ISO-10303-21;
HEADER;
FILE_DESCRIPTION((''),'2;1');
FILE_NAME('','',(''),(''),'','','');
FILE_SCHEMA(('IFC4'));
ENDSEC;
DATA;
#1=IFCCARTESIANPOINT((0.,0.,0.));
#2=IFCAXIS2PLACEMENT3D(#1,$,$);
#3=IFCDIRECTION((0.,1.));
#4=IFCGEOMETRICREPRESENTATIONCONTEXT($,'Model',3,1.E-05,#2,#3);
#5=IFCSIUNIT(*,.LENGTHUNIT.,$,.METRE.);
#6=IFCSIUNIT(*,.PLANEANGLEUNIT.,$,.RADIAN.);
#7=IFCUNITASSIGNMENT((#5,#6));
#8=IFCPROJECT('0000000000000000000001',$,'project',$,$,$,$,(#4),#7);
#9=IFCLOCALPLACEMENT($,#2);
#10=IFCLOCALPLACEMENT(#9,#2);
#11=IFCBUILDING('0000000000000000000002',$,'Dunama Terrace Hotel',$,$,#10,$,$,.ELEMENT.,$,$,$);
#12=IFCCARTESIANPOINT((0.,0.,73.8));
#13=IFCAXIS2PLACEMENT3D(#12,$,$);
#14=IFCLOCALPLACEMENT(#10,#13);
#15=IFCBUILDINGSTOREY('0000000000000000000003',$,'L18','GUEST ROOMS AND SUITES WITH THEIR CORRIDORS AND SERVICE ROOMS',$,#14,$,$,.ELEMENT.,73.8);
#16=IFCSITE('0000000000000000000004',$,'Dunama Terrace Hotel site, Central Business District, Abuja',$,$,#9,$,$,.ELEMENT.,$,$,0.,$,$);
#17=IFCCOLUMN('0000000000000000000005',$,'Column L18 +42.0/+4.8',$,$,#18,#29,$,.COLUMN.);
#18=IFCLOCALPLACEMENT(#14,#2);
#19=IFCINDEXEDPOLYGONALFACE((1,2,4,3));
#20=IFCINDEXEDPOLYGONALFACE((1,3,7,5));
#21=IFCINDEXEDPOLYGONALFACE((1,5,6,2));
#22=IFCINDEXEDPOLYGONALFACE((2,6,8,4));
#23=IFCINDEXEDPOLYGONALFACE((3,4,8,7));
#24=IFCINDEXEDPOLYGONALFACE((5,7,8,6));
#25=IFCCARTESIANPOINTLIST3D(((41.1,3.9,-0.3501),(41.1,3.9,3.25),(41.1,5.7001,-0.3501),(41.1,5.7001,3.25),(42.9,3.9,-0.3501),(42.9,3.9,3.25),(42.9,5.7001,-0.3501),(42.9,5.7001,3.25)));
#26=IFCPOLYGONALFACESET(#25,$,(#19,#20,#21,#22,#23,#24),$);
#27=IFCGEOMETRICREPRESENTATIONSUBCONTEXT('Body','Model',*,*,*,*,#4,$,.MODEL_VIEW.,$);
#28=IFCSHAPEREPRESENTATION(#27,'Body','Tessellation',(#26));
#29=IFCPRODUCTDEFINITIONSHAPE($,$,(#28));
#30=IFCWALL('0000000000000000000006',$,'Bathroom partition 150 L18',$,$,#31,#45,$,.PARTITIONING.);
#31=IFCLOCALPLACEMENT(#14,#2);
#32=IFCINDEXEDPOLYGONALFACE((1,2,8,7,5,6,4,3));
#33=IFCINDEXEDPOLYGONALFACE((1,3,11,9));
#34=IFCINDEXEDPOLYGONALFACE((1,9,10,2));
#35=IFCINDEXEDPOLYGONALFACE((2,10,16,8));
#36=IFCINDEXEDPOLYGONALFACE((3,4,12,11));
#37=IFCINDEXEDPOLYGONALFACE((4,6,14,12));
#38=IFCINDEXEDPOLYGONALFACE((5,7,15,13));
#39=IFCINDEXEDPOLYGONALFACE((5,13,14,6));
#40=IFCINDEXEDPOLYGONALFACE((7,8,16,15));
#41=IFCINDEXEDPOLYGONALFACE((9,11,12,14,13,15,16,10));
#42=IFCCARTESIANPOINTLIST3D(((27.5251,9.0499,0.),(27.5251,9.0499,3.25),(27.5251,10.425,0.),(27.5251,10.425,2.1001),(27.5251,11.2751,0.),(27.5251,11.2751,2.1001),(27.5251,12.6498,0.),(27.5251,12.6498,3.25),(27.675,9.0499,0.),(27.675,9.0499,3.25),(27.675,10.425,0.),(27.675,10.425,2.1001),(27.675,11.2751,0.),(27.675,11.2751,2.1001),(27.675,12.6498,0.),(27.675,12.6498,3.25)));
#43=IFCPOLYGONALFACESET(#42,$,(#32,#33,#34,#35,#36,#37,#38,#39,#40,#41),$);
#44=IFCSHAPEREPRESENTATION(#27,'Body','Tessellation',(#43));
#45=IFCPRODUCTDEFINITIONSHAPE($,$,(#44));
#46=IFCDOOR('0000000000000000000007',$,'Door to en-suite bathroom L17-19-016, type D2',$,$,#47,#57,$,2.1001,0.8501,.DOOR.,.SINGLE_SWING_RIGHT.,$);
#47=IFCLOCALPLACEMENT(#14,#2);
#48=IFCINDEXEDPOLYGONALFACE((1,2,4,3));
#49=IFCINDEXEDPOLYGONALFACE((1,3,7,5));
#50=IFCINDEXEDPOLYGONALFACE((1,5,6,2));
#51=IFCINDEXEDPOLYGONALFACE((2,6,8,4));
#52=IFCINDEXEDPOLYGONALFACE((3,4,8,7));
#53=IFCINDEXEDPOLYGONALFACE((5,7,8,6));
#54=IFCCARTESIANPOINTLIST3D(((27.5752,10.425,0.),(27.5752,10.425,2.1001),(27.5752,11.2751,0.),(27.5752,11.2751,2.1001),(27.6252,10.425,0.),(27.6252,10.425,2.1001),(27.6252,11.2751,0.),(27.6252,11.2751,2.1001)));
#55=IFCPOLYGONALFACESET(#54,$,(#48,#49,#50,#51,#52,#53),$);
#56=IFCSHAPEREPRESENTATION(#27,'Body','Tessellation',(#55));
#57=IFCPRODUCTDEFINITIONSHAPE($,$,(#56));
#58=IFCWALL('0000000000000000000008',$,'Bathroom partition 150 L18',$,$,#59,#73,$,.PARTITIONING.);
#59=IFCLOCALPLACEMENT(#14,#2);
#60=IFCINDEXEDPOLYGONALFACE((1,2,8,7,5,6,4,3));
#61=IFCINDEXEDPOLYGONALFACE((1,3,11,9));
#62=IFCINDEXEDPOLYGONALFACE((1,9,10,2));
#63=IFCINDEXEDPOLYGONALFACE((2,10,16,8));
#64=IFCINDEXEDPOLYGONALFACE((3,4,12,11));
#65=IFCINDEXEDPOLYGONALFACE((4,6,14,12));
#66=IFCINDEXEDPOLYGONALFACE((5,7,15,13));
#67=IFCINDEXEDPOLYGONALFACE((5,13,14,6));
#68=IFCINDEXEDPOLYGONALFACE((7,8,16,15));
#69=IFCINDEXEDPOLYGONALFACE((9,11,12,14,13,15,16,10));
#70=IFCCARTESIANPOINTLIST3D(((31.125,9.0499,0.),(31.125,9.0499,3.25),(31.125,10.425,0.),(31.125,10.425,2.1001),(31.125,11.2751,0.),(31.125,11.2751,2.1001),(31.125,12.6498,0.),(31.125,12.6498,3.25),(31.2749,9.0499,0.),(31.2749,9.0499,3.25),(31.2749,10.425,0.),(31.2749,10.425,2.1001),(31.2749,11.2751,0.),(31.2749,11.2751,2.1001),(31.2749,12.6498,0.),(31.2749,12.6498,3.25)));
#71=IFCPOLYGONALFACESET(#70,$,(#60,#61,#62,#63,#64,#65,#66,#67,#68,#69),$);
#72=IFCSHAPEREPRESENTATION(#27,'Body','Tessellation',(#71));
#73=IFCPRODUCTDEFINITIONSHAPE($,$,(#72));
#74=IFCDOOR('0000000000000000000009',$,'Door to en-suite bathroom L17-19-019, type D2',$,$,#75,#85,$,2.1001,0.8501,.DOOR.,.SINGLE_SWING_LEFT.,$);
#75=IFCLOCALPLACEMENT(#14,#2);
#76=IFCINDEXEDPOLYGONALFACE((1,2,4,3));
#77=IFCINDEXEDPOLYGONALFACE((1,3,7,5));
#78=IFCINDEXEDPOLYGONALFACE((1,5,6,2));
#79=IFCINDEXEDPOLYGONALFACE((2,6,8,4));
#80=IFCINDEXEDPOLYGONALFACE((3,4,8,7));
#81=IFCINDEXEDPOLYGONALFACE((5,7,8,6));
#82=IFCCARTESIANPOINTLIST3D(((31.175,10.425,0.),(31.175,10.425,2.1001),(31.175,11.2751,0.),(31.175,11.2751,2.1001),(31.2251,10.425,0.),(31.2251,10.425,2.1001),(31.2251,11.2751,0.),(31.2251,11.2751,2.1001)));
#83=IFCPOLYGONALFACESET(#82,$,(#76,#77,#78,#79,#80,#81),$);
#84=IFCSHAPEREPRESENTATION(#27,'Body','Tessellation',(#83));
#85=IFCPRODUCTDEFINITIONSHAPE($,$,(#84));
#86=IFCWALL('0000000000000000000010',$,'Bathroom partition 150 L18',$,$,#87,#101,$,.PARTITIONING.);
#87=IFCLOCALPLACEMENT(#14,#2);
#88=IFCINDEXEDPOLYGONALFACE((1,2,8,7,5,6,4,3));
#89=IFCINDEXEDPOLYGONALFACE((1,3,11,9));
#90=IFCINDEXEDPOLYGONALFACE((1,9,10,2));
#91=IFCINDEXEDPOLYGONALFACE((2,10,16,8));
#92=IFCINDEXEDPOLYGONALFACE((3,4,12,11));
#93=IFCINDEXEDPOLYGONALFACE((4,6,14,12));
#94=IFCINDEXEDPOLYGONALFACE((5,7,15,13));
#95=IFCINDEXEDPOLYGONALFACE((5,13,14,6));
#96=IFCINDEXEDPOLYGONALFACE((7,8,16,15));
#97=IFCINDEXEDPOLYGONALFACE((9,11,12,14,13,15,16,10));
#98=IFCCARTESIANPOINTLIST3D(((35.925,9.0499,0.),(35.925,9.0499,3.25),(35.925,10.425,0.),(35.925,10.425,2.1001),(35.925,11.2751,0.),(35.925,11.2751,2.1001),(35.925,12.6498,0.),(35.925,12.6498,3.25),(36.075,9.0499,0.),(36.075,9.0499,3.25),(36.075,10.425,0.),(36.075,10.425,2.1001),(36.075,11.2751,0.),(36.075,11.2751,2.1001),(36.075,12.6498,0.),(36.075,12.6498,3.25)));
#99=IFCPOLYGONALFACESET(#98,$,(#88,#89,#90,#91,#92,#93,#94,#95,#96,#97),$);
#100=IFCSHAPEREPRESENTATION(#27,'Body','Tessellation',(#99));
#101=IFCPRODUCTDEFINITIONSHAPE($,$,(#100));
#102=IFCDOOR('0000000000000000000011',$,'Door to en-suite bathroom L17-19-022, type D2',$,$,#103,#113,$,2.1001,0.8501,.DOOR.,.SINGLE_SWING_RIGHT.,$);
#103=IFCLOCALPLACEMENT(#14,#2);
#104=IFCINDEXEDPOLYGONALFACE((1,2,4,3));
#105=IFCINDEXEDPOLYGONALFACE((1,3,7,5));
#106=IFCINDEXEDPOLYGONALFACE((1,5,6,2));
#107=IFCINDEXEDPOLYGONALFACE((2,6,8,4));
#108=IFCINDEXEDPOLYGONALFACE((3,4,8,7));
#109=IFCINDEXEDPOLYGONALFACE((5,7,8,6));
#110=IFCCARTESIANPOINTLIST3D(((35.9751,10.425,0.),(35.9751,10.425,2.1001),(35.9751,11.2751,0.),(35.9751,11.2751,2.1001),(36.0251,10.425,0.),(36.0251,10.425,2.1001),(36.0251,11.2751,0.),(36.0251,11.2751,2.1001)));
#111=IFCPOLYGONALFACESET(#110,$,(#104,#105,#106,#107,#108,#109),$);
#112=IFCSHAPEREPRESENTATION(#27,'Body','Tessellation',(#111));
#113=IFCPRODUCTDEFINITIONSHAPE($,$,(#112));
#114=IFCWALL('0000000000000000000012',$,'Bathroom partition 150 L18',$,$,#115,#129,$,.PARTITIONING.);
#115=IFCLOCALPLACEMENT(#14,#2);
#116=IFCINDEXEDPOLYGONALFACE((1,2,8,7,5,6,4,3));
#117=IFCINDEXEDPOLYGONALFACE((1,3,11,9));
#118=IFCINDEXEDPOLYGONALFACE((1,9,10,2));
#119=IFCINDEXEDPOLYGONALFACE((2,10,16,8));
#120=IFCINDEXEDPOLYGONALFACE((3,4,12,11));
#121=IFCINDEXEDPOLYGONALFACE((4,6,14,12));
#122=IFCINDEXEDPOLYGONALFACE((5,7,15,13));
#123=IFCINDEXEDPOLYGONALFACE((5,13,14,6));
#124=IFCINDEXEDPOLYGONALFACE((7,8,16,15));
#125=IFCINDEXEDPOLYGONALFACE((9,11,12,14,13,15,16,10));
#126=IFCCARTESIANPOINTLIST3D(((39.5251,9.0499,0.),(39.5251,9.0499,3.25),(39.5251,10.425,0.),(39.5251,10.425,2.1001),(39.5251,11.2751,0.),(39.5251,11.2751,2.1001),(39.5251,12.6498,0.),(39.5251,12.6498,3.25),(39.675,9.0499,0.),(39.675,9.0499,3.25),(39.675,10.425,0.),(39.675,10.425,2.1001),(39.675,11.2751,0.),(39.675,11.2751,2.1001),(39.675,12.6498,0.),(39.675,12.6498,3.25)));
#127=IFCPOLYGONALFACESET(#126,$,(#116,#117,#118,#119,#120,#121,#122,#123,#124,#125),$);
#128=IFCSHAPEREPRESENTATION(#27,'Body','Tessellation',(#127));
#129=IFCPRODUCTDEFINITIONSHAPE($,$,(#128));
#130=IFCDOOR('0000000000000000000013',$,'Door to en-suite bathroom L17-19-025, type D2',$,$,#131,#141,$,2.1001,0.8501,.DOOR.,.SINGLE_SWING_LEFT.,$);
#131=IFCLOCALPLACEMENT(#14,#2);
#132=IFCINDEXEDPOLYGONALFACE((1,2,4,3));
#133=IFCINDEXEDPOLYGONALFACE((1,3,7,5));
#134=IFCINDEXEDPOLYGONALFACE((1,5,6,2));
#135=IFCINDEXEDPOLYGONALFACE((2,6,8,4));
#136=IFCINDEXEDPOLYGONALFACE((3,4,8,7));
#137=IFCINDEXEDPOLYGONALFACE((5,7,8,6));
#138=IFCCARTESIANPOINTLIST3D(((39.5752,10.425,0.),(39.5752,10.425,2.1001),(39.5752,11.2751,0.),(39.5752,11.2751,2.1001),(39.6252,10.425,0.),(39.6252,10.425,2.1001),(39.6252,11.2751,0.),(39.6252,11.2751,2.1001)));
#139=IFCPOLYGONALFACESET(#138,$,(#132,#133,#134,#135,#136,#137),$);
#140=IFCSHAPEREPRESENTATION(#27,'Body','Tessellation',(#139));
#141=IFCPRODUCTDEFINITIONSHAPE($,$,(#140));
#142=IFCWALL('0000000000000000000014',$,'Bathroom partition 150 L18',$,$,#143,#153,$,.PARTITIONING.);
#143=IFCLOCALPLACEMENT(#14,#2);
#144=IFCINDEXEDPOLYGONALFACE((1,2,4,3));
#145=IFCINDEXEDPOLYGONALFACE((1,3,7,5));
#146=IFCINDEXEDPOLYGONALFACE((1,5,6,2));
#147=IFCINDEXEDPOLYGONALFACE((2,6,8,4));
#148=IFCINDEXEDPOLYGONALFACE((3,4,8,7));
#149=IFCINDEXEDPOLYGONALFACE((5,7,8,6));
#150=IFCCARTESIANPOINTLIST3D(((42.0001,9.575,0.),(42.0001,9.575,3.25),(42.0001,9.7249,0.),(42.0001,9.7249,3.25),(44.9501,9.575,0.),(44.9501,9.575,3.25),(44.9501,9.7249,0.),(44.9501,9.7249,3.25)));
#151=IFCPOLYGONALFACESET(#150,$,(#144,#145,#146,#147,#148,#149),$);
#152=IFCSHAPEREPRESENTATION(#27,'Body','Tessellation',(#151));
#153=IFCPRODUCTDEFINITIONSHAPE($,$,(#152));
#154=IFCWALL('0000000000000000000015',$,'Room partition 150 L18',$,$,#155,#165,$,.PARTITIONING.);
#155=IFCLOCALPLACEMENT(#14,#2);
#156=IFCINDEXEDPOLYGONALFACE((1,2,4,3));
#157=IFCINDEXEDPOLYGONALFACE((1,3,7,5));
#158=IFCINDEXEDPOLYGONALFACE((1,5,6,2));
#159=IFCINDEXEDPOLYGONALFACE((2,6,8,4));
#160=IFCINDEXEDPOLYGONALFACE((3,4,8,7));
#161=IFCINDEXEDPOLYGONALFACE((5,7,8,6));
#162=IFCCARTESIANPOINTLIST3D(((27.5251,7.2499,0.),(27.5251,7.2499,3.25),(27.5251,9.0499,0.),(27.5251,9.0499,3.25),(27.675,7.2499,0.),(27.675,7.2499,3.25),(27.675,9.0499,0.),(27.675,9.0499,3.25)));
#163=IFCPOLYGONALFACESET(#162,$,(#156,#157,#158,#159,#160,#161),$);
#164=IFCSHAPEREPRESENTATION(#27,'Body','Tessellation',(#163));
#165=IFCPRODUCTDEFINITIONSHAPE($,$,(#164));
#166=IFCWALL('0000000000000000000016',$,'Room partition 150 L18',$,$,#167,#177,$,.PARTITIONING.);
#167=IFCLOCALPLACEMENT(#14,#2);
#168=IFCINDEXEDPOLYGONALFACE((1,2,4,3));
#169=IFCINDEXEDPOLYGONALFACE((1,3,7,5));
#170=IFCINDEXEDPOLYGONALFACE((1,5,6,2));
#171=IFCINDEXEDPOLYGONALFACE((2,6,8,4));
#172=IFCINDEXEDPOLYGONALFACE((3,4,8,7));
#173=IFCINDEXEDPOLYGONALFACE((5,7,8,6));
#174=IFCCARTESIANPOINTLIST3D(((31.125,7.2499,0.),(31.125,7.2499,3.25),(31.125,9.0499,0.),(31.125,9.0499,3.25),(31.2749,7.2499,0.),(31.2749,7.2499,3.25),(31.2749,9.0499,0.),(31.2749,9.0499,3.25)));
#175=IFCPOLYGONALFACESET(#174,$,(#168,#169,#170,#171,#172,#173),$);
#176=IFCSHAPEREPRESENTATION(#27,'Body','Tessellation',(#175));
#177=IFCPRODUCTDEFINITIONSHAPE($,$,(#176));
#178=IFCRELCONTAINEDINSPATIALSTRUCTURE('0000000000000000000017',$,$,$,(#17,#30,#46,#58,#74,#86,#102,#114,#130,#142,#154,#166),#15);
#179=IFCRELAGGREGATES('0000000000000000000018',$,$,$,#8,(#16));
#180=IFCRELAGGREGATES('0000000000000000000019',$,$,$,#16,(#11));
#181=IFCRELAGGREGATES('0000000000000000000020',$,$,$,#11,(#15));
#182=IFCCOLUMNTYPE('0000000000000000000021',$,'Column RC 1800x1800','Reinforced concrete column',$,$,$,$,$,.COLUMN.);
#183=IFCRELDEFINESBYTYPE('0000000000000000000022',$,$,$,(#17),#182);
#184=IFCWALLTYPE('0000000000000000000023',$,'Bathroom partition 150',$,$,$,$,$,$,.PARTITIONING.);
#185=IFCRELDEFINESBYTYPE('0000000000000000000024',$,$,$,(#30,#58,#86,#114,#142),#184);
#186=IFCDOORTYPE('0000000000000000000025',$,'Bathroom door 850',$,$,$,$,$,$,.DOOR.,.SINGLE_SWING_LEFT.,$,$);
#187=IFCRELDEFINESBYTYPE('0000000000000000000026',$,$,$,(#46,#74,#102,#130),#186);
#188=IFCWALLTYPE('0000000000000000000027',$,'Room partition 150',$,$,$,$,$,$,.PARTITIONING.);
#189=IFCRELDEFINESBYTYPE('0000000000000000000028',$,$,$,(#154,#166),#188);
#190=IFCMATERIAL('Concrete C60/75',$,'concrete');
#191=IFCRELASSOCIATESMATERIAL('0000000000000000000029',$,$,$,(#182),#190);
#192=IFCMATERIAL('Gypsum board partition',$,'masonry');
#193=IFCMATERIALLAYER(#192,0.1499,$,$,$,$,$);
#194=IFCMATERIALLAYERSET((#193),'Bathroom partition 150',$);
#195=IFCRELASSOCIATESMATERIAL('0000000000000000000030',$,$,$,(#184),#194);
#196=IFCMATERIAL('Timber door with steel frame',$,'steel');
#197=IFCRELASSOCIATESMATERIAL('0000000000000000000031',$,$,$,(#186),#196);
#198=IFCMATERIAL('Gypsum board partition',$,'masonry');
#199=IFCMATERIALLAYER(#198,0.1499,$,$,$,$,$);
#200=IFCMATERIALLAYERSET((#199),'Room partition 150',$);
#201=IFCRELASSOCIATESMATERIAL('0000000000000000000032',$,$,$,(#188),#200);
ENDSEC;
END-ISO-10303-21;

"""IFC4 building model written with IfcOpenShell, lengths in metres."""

from ifc_helpers import new_model, si_unit, direction, frame, frame_2d, origin, origin_2d, place, context, subcontext, project, spatial, rectangle, extrude, material, layer, layer_set, material_profile, profile_set, type_object, element, fill, save


model = new_model("IFC4")

# Units and contexts
model_context = context("Model", 3, precision=1e-05, world=origin(), true_north=direction((0.0, 1.0)))
body_context = subcontext(model_context, "Body", "Model", "MODEL_VIEW")
ifc_project = project(units=[si_unit("LENGTHUNIT", "METRE"), si_unit("PLANEANGLEUNIT", "RADIAN")], contexts=[model_context])

# Site, building, storey
site_placement = place(None, origin())
site = spatial("IfcSite", under=ifc_project, at=site_placement, Name="Dunama Terrace Hotel site, Central Business District, Abuja", CompositionType="ELEMENT", RefElevation=0.0)
building_placement = place(site_placement, origin())
building = spatial("IfcBuilding", under=site, at=building_placement, Name="Dunama Terrace Hotel", CompositionType="ELEMENT")
storey_placement = place(building_placement, frame((0.0, 0.0, 73.8)))
storey = spatial("IfcBuildingStorey", under=building, at=storey_placement, Name="L18", Description="GUEST ROOMS AND SUITES WITH THEIR CORRIDORS AND SERVICE ROOMS", CompositionType="ELEMENT", Elevation=73.8)

# Column
ifc_material_1 = material(Name="Concrete C60/75", Category="concrete")
ifc_material_profile = material_profile(ifc_material_1, rectangle(XDim=1.8, YDim=1.8, at=origin_2d()), Name="RC 1800x1800")
ifc_profile_set = profile_set([ifc_material_profile], Name="Concrete C60/75")
column_type = type_object("IfcColumnType", Name="Column RC 1800x1800", Description="Reinforced concrete column", PredefinedType="COLUMN", material=ifc_profile_set)
column_placement = place(storey_placement, frame((42.0, 4.8, -0.3501), z_axis=(0.0, 0.0, 1.0), x_axis=(1.0, 0.0, 0.0)))
element("IfcColumn", 1, at=column_placement, inside=storey, type_object=column_type, Name="Column L18 +42.0/+4.8", PredefinedType="COLUMN", context=body_context, shape_type="SweptSolid", body=[
    extrude(rectangle(XDim=1.8, YDim=1.8, at=origin_2d()), origin(), (0.0, 0.0, 1.0), 3.6001),
])

# Walls, openings, doors
ifc_material_2 = material(Name="Gypsum board partition", Category="masonry")
ifc_layer_1 = layer(ifc_material_2, 0.1499)
ifc_layer_set_1 = layer_set([ifc_layer_1], Name="Bathroom partition 150")
wall_type_1 = type_object("IfcWallType", Name="Bathroom partition 150", PredefinedType="PARTITIONING", material=ifc_layer_set_1)
wall_1_placement = place(storey_placement, frame((27.6001, 9.05, 0.0), z_axis=(0.0, 0.0, 1.0), x_axis=(0.0, 1.0, 0.0)))
wall_1 = element("IfcWall", 2, at=wall_1_placement, inside=storey, type_object=wall_type_1, Name="Bathroom partition 150 L18", PredefinedType="PARTITIONING", context=body_context, shape_type="SweptSolid", body=[
    extrude(rectangle(XDim=3.5999, YDim=0.1499, at=frame_2d((1.7998, 0.0))), origin(), (0.0, 0.0, 1.0), 3.25),
])
opening_1_placement = place(wall_1_placement, frame((1.375, 0.0, 0.0)))
opening_1 = element("IfcOpeningElement", 3, at=opening_1_placement, cuts=wall_1, PredefinedType="OPENING", context=body_context, shape_type="SweptSolid", body=[
    extrude(rectangle(XDim=0.8501, YDim=2.1001, at=frame_2d((0.425, 1.05))), frame((0.0, 0.085, 0.0), z_axis=(0.0, -1.0, 0.0), x_axis=(1.0, 0.0, 0.0)), (0.0, 0.0, 1.0), 0.1699),
])
ifc_material_3 = material(Name="Timber door with steel frame", Category="steel")
door_type_1 = type_object("IfcDoorType", Name="Bathroom door 850", OperationType="SINGLE_SWING_LEFT", PredefinedType="DOOR", material=ifc_material_3)
door_1_placement = place(opening_1_placement, origin())
door_1 = element("IfcDoor", 4, at=door_1_placement, inside=storey, type_object=door_type_1, Name="Door to en-suite bathroom L17-19-016, type D2", OperationType="SINGLE_SWING_RIGHT", OverallHeight=2.1001, OverallWidth=0.8501, PredefinedType="DOOR", context=body_context, shape_type="SweptSolid", body=[
    extrude(rectangle(XDim=0.8501, YDim=2.1001, at=frame_2d((0.425, 1.05))), frame((0.0, 0.0249, 0.0), z_axis=(0.0, -1.0, 0.0), x_axis=(1.0, 0.0, 0.0)), (0.0, 0.0, 1.0), 0.05),
])
fill(opening_1, door_1)
wall_2_placement = place(storey_placement, frame((31.2, 9.05, 0.0), z_axis=(0.0, 0.0, 1.0), x_axis=(0.0, 1.0, 0.0)))
wall_2 = element("IfcWall", 5, at=wall_2_placement, inside=storey, type_object=wall_type_1, Name="Bathroom partition 150 L18", PredefinedType="PARTITIONING", context=body_context, shape_type="SweptSolid", body=[
    extrude(rectangle(XDim=3.5999, YDim=0.1499, at=frame_2d((1.7998, 0.0))), origin(), (0.0, 0.0, 1.0), 3.25),
])
opening_2_placement = place(wall_2_placement, frame((1.375, 0.0, 0.0)))
opening_2 = element("IfcOpeningElement", 6, at=opening_2_placement, cuts=wall_2, PredefinedType="OPENING", context=body_context, shape_type="SweptSolid", body=[
    extrude(rectangle(XDim=0.8501, YDim=2.1001, at=frame_2d((0.425, 1.05))), frame((0.0, 0.085, 0.0), z_axis=(0.0, -1.0, 0.0), x_axis=(1.0, 0.0, 0.0)), (0.0, 0.0, 1.0), 0.1699),
])
door_2_placement = place(opening_2_placement, frame((0.8501, 0.0, 0.0), z_axis=(0.0, 0.0, 1.0), x_axis=(-1.0, 0.0, 0.0)))
door_2 = element("IfcDoor", 7, at=door_2_placement, inside=storey, type_object=door_type_1, Name="Door to en-suite bathroom L17-19-019, type D2", OperationType="SINGLE_SWING_LEFT", OverallHeight=2.1001, OverallWidth=0.8501, PredefinedType="DOOR", context=body_context, shape_type="SweptSolid", body=[
    extrude(rectangle(XDim=0.8501, YDim=2.1001, at=frame_2d((0.425, 1.05))), frame((0.0, 0.0251, 0.0), z_axis=(0.0, -1.0, 0.0), x_axis=(1.0, 0.0, 0.0)), (0.0, 0.0, 1.0), 0.05),
])
fill(opening_2, door_2)
wall_3_placement = place(storey_placement, frame((36.0, 9.05, 0.0), z_axis=(0.0, 0.0, 1.0), x_axis=(0.0, 1.0, 0.0)))
wall_3 = element("IfcWall", 8, at=wall_3_placement, inside=storey, type_object=wall_type_1, Name="Bathroom partition 150 L18", PredefinedType="PARTITIONING", context=body_context, shape_type="SweptSolid", body=[
    extrude(rectangle(XDim=3.5999, YDim=0.1499, at=frame_2d((1.7998, 0.0))), origin(), (0.0, 0.0, 1.0), 3.25),
])
opening_3_placement = place(wall_3_placement, frame((1.375, 0.0, 0.0)))
opening_3 = element("IfcOpeningElement", 9, at=opening_3_placement, cuts=wall_3, PredefinedType="OPENING", context=body_context, shape_type="SweptSolid", body=[
    extrude(rectangle(XDim=0.8501, YDim=2.1001, at=frame_2d((0.425, 1.05))), frame((0.0, 0.085, 0.0), z_axis=(0.0, -1.0, 0.0), x_axis=(1.0, 0.0, 0.0)), (0.0, 0.0, 1.0), 0.1699),
])
door_3_placement = place(opening_3_placement, origin())
door_3 = element("IfcDoor", 10, at=door_3_placement, inside=storey, type_object=door_type_1, Name="Door to en-suite bathroom L17-19-022, type D2", OperationType="SINGLE_SWING_RIGHT", OverallHeight=2.1001, OverallWidth=0.8501, PredefinedType="DOOR", context=body_context, shape_type="SweptSolid", body=[
    extrude(rectangle(XDim=0.8501, YDim=2.1001, at=frame_2d((0.425, 1.05))), frame((0.0, 0.0249, 0.0), z_axis=(0.0, -1.0, 0.0), x_axis=(1.0, 0.0, 0.0)), (0.0, 0.0, 1.0), 0.05),
])
fill(opening_3, door_3)
wall_4_placement = place(storey_placement, frame((39.6001, 9.05, 0.0), z_axis=(0.0, 0.0, 1.0), x_axis=(0.0, 1.0, 0.0)))
wall_4 = element("IfcWall", 11, at=wall_4_placement, inside=storey, type_object=wall_type_1, Name="Bathroom partition 150 L18", PredefinedType="PARTITIONING", context=body_context, shape_type="SweptSolid", body=[
    extrude(rectangle(XDim=3.5999, YDim=0.1499, at=frame_2d((1.7998, 0.0))), origin(), (0.0, 0.0, 1.0), 3.25),
])
opening_4_placement = place(wall_4_placement, frame((1.375, 0.0, 0.0)))
opening_4 = element("IfcOpeningElement", 12, at=opening_4_placement, cuts=wall_4, PredefinedType="OPENING", context=body_context, shape_type="SweptSolid", body=[
    extrude(rectangle(XDim=0.8501, YDim=2.1001, at=frame_2d((0.425, 1.05))), frame((0.0, 0.085, 0.0), z_axis=(0.0, -1.0, 0.0), x_axis=(1.0, 0.0, 0.0)), (0.0, 0.0, 1.0), 0.1699),
])
door_4_placement = place(opening_4_placement, frame((0.8501, 0.0, 0.0), z_axis=(0.0, 0.0, 1.0), x_axis=(-1.0, 0.0, 0.0)))
door_4 = element("IfcDoor", 13, at=door_4_placement, inside=storey, type_object=door_type_1, Name="Door to en-suite bathroom L17-19-025, type D2", OperationType="SINGLE_SWING_LEFT", OverallHeight=2.1001, OverallWidth=0.8501, PredefinedType="DOOR", context=body_context, shape_type="SweptSolid", body=[
    extrude(rectangle(XDim=0.8501, YDim=2.1001, at=frame_2d((0.425, 1.05))), frame((0.0, 0.0251, 0.0), z_axis=(0.0, -1.0, 0.0), x_axis=(1.0, 0.0, 0.0)), (0.0, 0.0, 1.0), 0.05),
])
fill(opening_4, door_4)

# Walls
wall_5_placement = place(storey_placement, frame((42.0, 9.6499, 0.0), z_axis=(0.0, 0.0, 1.0), x_axis=(1.0, 0.0, 0.0)))
element("IfcWall", 14, at=wall_5_placement, inside=storey, type_object=wall_type_1, Name="Bathroom partition 150 L18", PredefinedType="PARTITIONING", context=body_context, shape_type="SweptSolid", body=[
    extrude(rectangle(XDim=2.95, YDim=0.1499, at=frame_2d((1.4751, 0.0))), origin(), (0.0, 0.0, 1.0), 3.25),
])
ifc_material_4 = material(Name="Gypsum board partition", Category="masonry")
ifc_layer_2 = layer(ifc_material_4, 0.1499)
ifc_layer_set_2 = layer_set([ifc_layer_2], Name="Room partition 150")
wall_type_2 = type_object("IfcWallType", Name="Room partition 150", PredefinedType="PARTITIONING", material=ifc_layer_set_2)
for number, where, z_axis, x_axis, name in (
    (15, (27.6001, 7.25, 0.0), (0.0, 0.0, 1.0), (0.0, 1.0, 0.0), "Room partition 150 L18"),
    (16, (31.2, 7.25, 0.0), (0.0, 0.0, 1.0), (0.0, 1.0, 0.0), "Room partition 150 L18"),
):
    element("IfcWall", number, at=place(storey_placement, frame(where, z_axis=z_axis, x_axis=x_axis)), inside=storey, type_object=wall_type_2, Name=name, PredefinedType="PARTITIONING", context=body_context, shape_type="SweptSolid", body=[
        extrude(rectangle(XDim=1.8, YDim=0.1499, at=frame_2d((0.8999, 0.0))), origin(), (0.0, 0.0, 1.0), 3.25),
    ])

save(model, "model.ifc")
